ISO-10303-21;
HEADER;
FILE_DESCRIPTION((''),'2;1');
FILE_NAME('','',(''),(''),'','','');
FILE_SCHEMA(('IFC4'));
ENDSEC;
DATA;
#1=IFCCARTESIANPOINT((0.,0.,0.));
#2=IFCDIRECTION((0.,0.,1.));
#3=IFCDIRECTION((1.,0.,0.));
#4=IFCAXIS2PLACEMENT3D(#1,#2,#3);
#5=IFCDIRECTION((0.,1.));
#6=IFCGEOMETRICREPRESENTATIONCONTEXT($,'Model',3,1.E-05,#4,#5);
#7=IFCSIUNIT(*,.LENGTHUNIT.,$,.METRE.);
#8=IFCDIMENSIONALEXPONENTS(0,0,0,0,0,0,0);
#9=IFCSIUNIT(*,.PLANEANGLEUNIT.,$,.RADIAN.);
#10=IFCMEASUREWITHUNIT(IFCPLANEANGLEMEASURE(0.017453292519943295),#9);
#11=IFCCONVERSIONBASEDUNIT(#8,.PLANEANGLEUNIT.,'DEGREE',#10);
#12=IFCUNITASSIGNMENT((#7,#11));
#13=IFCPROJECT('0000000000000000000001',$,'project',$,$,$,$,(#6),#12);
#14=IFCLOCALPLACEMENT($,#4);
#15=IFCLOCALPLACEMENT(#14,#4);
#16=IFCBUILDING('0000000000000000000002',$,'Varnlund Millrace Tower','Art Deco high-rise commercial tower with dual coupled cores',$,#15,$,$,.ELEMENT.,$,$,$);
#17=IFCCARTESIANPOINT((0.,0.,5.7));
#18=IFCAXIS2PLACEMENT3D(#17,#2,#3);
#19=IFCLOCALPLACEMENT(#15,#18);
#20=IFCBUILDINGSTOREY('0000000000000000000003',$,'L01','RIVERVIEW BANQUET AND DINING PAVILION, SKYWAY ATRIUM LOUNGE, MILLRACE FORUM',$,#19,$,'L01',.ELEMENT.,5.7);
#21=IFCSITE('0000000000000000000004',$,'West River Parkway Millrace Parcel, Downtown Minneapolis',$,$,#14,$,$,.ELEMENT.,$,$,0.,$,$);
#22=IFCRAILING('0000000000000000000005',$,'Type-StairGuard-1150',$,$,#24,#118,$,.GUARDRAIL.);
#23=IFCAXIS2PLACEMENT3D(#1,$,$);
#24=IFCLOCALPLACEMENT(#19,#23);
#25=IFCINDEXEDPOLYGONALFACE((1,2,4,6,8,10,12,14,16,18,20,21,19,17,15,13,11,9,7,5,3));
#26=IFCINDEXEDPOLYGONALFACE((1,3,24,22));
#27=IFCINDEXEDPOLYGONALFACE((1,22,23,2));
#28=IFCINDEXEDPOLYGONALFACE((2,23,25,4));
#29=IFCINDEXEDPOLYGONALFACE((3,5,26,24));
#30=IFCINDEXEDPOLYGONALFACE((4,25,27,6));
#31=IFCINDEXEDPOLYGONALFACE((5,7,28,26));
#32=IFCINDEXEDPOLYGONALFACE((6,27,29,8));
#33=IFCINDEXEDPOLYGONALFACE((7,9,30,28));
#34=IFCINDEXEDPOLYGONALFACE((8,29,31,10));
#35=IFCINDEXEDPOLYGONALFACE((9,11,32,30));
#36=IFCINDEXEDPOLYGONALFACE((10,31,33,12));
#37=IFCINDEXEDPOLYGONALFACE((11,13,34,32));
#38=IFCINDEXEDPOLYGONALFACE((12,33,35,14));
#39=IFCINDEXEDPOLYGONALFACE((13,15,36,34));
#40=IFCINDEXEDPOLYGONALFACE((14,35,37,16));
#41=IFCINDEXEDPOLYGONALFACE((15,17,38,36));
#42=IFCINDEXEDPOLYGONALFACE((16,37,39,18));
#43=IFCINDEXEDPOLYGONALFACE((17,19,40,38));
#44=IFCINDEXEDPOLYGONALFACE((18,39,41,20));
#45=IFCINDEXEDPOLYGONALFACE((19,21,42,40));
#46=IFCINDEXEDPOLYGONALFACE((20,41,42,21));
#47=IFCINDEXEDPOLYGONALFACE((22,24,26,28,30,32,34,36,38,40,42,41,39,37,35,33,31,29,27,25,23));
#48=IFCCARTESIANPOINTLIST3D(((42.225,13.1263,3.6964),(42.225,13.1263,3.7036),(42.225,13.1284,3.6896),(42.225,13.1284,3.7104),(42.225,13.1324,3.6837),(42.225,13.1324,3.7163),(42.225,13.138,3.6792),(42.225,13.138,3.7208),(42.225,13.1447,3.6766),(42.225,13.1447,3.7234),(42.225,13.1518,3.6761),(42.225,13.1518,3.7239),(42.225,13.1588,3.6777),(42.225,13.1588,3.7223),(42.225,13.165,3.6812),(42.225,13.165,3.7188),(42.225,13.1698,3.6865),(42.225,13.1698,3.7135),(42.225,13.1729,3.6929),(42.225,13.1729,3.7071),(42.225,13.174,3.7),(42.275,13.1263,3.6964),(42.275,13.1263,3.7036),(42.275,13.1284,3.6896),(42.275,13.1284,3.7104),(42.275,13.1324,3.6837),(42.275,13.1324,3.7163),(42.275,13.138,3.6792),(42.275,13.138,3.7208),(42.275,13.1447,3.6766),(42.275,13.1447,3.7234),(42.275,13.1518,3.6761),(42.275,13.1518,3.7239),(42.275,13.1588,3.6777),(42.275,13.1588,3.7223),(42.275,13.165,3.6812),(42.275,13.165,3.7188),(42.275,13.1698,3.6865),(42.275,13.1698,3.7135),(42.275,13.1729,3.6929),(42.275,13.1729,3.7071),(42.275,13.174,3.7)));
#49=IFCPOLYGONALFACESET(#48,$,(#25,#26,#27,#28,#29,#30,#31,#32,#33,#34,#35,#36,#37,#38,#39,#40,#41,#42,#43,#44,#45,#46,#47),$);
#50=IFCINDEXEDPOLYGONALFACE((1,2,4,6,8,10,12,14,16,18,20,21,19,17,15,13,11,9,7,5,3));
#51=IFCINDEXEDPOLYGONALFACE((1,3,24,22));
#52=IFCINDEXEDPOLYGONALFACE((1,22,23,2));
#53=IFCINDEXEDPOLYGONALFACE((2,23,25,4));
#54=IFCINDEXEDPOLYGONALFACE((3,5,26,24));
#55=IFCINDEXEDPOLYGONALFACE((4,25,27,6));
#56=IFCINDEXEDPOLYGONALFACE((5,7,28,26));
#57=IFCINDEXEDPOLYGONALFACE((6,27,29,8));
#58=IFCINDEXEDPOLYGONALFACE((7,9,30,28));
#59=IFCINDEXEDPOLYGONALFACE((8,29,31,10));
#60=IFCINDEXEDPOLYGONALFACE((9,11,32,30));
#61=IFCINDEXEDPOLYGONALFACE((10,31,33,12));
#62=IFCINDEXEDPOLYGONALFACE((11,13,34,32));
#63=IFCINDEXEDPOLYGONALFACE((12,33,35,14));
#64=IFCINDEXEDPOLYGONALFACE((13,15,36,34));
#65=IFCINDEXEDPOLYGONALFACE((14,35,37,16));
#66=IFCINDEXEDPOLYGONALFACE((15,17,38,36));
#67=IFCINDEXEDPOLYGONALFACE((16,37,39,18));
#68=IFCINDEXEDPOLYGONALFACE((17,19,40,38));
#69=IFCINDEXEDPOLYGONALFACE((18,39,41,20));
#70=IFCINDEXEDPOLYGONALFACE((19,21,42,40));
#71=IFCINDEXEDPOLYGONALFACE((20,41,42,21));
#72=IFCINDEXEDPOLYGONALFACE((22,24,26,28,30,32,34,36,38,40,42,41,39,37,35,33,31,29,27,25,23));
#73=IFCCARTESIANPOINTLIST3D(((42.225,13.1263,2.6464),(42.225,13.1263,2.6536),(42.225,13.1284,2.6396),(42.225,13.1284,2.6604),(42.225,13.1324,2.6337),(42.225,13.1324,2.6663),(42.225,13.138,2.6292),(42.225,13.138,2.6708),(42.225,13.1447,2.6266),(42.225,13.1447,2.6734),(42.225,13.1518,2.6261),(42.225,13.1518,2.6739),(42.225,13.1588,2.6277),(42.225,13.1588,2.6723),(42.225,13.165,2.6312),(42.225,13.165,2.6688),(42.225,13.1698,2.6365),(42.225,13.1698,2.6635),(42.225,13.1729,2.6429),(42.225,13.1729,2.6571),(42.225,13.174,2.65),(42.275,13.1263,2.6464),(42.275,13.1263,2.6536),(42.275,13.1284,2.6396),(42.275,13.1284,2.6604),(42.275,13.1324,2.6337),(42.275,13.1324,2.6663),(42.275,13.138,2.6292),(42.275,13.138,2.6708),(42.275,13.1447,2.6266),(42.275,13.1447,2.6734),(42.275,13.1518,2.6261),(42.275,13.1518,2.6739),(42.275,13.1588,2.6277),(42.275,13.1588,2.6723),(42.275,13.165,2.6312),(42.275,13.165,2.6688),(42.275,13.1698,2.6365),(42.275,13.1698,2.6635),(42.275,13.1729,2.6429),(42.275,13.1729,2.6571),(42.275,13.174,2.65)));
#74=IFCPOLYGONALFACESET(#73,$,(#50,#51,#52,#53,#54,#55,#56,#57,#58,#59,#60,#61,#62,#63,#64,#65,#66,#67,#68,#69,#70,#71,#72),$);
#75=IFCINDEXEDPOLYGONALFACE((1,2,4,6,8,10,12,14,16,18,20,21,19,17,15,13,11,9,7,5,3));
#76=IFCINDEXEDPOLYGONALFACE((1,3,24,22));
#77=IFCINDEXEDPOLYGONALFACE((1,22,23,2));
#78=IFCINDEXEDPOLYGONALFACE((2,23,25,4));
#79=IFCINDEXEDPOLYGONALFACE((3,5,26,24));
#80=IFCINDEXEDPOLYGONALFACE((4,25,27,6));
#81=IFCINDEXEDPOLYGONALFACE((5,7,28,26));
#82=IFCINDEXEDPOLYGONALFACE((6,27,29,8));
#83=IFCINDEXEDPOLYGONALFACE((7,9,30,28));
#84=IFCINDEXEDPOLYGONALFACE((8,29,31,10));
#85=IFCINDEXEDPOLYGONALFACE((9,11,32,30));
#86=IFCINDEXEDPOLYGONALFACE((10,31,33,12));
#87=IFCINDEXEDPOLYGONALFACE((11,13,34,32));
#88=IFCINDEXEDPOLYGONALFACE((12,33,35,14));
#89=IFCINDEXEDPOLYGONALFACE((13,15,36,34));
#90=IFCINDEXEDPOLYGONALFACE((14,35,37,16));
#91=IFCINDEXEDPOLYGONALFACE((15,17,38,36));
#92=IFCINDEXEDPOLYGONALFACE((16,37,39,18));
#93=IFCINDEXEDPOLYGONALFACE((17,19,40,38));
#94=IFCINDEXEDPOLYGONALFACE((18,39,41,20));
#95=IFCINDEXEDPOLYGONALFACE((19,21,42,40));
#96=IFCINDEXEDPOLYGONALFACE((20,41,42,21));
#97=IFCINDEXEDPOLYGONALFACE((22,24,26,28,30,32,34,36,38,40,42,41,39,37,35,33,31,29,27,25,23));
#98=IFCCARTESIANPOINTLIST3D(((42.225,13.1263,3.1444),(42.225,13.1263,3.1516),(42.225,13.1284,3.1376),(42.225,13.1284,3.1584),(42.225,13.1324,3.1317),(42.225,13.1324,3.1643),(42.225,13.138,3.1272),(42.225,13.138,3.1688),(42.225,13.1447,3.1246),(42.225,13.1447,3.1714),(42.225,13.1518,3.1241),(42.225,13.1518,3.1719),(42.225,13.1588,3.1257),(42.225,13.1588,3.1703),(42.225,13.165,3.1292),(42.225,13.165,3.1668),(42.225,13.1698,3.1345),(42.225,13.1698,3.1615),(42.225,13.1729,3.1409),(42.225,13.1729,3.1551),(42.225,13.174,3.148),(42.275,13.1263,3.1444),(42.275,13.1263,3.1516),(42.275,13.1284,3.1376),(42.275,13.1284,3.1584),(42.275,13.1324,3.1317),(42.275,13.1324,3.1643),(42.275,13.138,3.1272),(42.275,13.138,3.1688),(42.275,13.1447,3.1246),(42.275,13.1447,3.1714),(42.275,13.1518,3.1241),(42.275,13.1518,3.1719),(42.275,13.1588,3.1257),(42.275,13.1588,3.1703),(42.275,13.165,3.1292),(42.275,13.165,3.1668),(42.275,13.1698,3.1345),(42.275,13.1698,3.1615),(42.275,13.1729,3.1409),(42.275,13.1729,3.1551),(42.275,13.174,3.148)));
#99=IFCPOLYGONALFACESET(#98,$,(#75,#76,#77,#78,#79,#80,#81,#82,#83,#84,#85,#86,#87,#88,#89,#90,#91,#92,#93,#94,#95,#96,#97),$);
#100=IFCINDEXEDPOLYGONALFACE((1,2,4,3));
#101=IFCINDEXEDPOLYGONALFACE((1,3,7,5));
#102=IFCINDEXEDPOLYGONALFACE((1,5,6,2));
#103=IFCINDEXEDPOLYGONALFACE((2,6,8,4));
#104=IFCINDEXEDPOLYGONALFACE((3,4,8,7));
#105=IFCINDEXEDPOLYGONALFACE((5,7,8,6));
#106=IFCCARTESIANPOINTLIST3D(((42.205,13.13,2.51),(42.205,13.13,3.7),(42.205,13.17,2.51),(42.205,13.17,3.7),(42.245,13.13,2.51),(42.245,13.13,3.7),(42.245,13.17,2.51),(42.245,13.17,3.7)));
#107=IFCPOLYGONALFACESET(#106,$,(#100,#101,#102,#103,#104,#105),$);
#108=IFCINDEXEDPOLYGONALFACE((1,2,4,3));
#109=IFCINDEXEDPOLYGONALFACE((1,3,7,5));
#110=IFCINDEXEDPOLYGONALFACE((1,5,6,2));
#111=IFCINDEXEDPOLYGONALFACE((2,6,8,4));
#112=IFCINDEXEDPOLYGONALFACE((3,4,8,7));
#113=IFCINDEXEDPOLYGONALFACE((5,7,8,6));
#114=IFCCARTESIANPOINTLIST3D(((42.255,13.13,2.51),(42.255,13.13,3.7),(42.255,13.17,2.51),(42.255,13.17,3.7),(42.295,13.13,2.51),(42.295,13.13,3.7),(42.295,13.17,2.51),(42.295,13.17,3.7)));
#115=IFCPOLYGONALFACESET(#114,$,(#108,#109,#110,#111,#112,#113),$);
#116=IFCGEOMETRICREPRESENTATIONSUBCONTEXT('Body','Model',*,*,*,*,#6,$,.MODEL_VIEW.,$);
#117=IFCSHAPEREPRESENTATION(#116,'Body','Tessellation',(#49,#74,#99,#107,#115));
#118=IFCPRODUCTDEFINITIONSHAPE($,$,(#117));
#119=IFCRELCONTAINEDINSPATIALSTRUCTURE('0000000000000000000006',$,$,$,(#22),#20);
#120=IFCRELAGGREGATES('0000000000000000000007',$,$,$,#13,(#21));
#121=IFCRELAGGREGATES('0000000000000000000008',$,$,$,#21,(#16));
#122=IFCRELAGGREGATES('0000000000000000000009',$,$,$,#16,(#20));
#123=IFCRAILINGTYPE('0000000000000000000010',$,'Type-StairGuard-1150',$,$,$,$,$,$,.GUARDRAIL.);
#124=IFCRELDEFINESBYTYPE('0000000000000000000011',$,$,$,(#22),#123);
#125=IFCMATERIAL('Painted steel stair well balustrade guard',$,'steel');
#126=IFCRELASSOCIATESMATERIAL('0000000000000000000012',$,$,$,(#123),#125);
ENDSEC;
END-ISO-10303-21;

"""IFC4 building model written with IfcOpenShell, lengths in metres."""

from ifc_helpers import new_model, entity, si_unit, converted_unit, direction, frame, origin_with_axes, origin_2d_with_axis, place, context, subcontext, project, spatial, rectangle, circle, extrude, material, type_object, element, save


model = new_model("IFC4")

# Units and contexts
model_context = context("Model", 3, precision=1e-05, world=origin_with_axes(), true_north=direction((0.0, 1.0)))
body_context = subcontext(model_context, "Body", "Model", "MODEL_VIEW")
ifc_project = project(units=[si_unit("LENGTHUNIT", "METRE"), converted_unit("PLANEANGLEUNIT", "DEGREE", entity("IfcPlaneAngleMeasure", 0.017453292519943295), si_unit("PLANEANGLEUNIT", "RADIAN"), dimensions=[0, 0, 0, 0, 0, 0, 0])], contexts=[model_context])

# Site, building, storey
site_placement = place(None, origin_with_axes())
site = spatial("IfcSite", under=ifc_project, at=site_placement, Name="West River Parkway Millrace Parcel, Downtown Minneapolis", CompositionType="ELEMENT", RefElevation=0.0)
building_placement = place(site_placement, origin_with_axes())
building = spatial("IfcBuilding", under=site, at=building_placement, Name="Varnlund Millrace Tower", Description="Art Deco high-rise commercial tower with dual coupled cores", CompositionType="ELEMENT")
storey_placement = place(building_placement, frame((0.0, 0.0, 5.7), z_axis=(0.0, 0.0, 1.0), x_axis=(1.0, 0.0, 0.0)))
storey = spatial("IfcBuildingStorey", under=building, at=storey_placement, Name="L01", Description="RIVERVIEW BANQUET AND DINING PAVILION, SKYWAY ATRIUM LOUNGE, MILLRACE FORUM", LongName="L01", CompositionType="ELEMENT", Elevation=5.7)

# Railing
ifc_material_1 = material(Name="Painted steel stair well balustrade guard", Category="steel")
railing_type_1 = type_object("IfcRailingType", Name="Type-StairGuard-1150", PredefinedType="GUARDRAIL", material=ifc_material_1)
railing_1_placement = place(storey_placement, frame((0.0, 0.0, -5.7), z_axis=(0.0, 0.0, 1.0), x_axis=(1.0, 0.0, 0.0)))
element("IfcRailing", 1, at=railing_1_placement, inside=storey, type_object=railing_type_1, Name="Type-StairGuard-1150", PredefinedType="GUARDRAIL", context=body_context, shape_type="SweptSolid", body=[
    extrude(circle(Radius=0.024, at=origin_2d_with_axis()), frame((42.225, 13.15, 9.4), z_axis=(1.0, 0.0, 0.0), x_axis=(0.0, 1.0, 0.0)), (0.0, 0.0, 1.0), 0.05),
    extrude(circle(Radius=0.024, at=origin_2d_with_axis()), frame((42.225, 13.15, 8.35), z_axis=(1.0, 0.0, 0.0), x_axis=(0.0, 1.0, 0.0)), (0.0, 0.0, 1.0), 0.05),
    extrude(circle(Radius=0.024, at=origin_2d_with_axis()), frame((42.225, 13.15, 8.848), z_axis=(1.0, 0.0, 0.0), x_axis=(0.0, 1.0, 0.0)), (0.0, 0.0, 1.0), 0.05),
    extrude(rectangle(XDim=0.04, YDim=0.04, at=origin_2d_with_axis()), frame((42.225, 13.15, 8.21), z_axis=(0.0, 0.0, 1.0), x_axis=(1.0, 0.0, 0.0)), (0.0, 0.0, 1.0), 1.19),
    extrude(rectangle(XDim=0.04, YDim=0.04, at=origin_2d_with_axis()), frame((42.275, 13.15, 8.21), z_axis=(0.0, 0.0, 1.0), x_axis=(1.0, 0.0, 0.0)), (0.0, 0.0, 1.0), 1.19),
])

save(model, "model.ifc")
